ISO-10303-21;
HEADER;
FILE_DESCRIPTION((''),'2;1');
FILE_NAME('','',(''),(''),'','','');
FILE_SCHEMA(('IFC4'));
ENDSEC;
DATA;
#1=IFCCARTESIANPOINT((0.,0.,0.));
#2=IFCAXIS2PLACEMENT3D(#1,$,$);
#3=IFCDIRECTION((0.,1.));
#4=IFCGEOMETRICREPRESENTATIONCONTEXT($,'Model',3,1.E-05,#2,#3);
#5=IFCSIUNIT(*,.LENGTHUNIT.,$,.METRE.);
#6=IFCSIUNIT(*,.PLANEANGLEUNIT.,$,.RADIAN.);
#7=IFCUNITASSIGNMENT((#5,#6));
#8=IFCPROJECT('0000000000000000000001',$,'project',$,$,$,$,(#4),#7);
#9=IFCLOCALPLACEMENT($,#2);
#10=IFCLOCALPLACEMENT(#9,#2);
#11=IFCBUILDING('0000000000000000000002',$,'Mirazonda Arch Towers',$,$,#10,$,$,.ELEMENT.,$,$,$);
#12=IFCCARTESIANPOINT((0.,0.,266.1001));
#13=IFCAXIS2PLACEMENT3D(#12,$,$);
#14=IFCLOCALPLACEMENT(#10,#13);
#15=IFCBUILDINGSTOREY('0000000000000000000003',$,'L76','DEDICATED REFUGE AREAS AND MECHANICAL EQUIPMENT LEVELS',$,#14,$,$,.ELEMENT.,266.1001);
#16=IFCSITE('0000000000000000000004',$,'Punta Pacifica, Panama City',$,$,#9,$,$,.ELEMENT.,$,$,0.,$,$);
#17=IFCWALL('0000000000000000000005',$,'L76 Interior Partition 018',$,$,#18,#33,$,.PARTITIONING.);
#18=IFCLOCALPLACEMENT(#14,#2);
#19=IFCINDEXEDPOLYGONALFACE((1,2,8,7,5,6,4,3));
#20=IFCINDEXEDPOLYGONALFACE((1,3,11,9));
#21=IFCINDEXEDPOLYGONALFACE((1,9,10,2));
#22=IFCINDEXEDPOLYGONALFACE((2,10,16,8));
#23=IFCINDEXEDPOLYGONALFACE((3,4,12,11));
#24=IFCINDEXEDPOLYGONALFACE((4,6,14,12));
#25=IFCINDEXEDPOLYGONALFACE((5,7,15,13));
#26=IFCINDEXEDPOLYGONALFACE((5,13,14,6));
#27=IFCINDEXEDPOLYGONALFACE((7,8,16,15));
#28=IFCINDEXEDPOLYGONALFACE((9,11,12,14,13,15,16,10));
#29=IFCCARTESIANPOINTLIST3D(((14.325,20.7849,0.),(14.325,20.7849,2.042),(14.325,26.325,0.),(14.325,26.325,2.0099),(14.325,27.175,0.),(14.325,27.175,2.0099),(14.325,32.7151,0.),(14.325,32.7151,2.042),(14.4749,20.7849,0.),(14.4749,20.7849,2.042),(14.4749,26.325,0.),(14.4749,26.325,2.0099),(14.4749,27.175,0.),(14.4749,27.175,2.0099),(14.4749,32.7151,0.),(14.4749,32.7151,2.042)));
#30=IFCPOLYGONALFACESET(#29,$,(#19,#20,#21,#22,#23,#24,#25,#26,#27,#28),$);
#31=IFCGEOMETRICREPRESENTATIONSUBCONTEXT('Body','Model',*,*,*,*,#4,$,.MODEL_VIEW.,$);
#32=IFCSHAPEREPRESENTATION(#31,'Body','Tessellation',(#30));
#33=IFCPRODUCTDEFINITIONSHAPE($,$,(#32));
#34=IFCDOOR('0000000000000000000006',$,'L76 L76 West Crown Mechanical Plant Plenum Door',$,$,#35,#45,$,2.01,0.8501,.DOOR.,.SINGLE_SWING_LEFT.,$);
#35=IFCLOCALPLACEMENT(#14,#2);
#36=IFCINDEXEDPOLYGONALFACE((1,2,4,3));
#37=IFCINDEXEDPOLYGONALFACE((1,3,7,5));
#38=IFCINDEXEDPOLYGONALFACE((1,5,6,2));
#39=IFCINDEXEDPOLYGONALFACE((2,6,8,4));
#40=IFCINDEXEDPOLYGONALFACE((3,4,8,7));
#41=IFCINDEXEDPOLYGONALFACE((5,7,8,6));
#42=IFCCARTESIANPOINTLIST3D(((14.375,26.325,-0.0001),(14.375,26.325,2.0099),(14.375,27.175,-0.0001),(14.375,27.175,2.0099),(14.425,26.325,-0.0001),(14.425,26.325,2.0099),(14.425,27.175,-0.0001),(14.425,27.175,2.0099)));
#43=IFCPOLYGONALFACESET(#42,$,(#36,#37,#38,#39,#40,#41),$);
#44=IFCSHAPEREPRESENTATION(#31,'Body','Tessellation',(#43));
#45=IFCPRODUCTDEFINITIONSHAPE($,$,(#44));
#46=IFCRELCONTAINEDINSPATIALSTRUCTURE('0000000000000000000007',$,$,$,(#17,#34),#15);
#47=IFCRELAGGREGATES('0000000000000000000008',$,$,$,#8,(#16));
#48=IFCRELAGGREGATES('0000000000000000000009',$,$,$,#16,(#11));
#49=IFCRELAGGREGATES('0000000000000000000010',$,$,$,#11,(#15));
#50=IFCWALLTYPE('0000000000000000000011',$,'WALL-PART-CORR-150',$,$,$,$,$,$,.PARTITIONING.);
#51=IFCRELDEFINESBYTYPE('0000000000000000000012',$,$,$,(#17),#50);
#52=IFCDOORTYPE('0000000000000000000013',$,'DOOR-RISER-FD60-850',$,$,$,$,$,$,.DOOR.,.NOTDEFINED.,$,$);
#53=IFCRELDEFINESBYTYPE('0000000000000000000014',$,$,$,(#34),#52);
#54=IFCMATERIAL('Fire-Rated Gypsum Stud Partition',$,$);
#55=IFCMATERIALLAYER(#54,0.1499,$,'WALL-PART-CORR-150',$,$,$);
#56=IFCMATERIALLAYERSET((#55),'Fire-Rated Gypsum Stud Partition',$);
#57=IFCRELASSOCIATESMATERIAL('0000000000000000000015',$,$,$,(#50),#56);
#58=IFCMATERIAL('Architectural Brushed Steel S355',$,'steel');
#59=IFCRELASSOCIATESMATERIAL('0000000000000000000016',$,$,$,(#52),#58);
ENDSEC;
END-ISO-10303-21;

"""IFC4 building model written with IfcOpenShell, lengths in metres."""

from ifc_helpers import new_model, si_unit, direction, frame, frame_2d, origin, place, context, subcontext, project, spatial, rectangle, extrude, material, layer, layer_set, type_object, element, fill, save


model = new_model("IFC4")

# Units and contexts
model_context = context("Model", 3, precision=1e-05, world=origin(), true_north=direction((0.0, 1.0)))
body_context = subcontext(model_context, "Body", "Model", "MODEL_VIEW")
ifc_project = project(units=[si_unit("LENGTHUNIT", "METRE"), si_unit("PLANEANGLEUNIT", "RADIAN")], contexts=[model_context])

# Site, building, storey
site_placement = place(None, origin())
site = spatial("IfcSite", under=ifc_project, at=site_placement, Name="Punta Pacifica, Panama City", CompositionType="ELEMENT", RefElevation=0.0)
building_placement = place(site_placement, origin())
building = spatial("IfcBuilding", under=site, at=building_placement, Name="Mirazonda Arch Towers", CompositionType="ELEMENT")
storey_placement = place(building_placement, frame((0.0, 0.0, 266.1001)))
storey = spatial("IfcBuildingStorey", under=building, at=storey_placement, Name="L76", Description="DEDICATED REFUGE AREAS AND MECHANICAL EQUIPMENT LEVELS", CompositionType="ELEMENT", Elevation=266.1001)

# Shared definitions
ifc_material_1 = material(Name="Architectural Brushed Steel S355", Category="steel")

# Shared definitions
ifc_material_2 = material(Name="Fire-Rated Gypsum Stud Partition")
ifc_layer_1 = layer(ifc_material_2, 0.1499, Name="WALL-PART-CORR-150")
ifc_layer_set_1 = layer_set([ifc_layer_1], Name="Fire-Rated Gypsum Stud Partition")
wall_type_1 = type_object("IfcWallType", Name="WALL-PART-CORR-150", PredefinedType="PARTITIONING", material=ifc_layer_set_1)

# Wall, opening, door
wall_1_placement = place(storey_placement, frame((14.3999, 20.7849, 0.0), z_axis=(0.0, 0.0, 1.0), x_axis=(0.0, 1.0, 0.0)))
wall_1 = element("IfcWall", 1, at=wall_1_placement, inside=storey, type_object=wall_type_1, Name="L76 Interior Partition 018", PredefinedType="PARTITIONING", context=body_context, shape_type="SweptSolid", body=[
    extrude(rectangle(XDim=11.9302, YDim=0.1499, at=frame_2d((5.9651, 0.0))), origin(), (0.0, 0.0, 1.0), 2.042),
])
opening_1_placement = place(wall_1_placement, frame((5.54, 0.0, 0.0)))
opening_1 = element("IfcOpeningElement", 2, at=opening_1_placement, cuts=wall_1, PredefinedType="OPENING", context=body_context, shape_type="SweptSolid", body=[
    extrude(rectangle(XDim=0.8501, YDim=2.01, at=frame_2d((0.425, 1.0049))), frame((0.0, 0.085, 0.0), z_axis=(0.0, -1.0, 0.0), x_axis=(1.0, 0.0, 0.0)), (0.0, 0.0, 1.0), 0.1699),
])
door_type_1 = type_object("IfcDoorType", Name="DOOR-RISER-FD60-850", OperationType="NOTDEFINED", PredefinedType="DOOR", material=ifc_material_1)
door_1_placement = place(opening_1_placement, origin())
door_1 = element("IfcDoor", 3, at=door_1_placement, inside=storey, type_object=door_type_1, Name="L76 L76 West Crown Mechanical Plant Plenum Door", OperationType="SINGLE_SWING_LEFT", OverallHeight=2.01, OverallWidth=0.8501, PredefinedType="DOOR", context=body_context, shape_type="SweptSolid", body=[
    extrude(rectangle(XDim=0.8501, YDim=2.01, at=frame_2d((0.425, 1.0049))), frame((0.0, 0.0249, 0.0), z_axis=(0.0, -1.0, 0.0), x_axis=(1.0, 0.0, 0.0)), (0.0, 0.0, 1.0), 0.05),
])
fill(opening_1, door_1)

save(model, "model.ifc")
